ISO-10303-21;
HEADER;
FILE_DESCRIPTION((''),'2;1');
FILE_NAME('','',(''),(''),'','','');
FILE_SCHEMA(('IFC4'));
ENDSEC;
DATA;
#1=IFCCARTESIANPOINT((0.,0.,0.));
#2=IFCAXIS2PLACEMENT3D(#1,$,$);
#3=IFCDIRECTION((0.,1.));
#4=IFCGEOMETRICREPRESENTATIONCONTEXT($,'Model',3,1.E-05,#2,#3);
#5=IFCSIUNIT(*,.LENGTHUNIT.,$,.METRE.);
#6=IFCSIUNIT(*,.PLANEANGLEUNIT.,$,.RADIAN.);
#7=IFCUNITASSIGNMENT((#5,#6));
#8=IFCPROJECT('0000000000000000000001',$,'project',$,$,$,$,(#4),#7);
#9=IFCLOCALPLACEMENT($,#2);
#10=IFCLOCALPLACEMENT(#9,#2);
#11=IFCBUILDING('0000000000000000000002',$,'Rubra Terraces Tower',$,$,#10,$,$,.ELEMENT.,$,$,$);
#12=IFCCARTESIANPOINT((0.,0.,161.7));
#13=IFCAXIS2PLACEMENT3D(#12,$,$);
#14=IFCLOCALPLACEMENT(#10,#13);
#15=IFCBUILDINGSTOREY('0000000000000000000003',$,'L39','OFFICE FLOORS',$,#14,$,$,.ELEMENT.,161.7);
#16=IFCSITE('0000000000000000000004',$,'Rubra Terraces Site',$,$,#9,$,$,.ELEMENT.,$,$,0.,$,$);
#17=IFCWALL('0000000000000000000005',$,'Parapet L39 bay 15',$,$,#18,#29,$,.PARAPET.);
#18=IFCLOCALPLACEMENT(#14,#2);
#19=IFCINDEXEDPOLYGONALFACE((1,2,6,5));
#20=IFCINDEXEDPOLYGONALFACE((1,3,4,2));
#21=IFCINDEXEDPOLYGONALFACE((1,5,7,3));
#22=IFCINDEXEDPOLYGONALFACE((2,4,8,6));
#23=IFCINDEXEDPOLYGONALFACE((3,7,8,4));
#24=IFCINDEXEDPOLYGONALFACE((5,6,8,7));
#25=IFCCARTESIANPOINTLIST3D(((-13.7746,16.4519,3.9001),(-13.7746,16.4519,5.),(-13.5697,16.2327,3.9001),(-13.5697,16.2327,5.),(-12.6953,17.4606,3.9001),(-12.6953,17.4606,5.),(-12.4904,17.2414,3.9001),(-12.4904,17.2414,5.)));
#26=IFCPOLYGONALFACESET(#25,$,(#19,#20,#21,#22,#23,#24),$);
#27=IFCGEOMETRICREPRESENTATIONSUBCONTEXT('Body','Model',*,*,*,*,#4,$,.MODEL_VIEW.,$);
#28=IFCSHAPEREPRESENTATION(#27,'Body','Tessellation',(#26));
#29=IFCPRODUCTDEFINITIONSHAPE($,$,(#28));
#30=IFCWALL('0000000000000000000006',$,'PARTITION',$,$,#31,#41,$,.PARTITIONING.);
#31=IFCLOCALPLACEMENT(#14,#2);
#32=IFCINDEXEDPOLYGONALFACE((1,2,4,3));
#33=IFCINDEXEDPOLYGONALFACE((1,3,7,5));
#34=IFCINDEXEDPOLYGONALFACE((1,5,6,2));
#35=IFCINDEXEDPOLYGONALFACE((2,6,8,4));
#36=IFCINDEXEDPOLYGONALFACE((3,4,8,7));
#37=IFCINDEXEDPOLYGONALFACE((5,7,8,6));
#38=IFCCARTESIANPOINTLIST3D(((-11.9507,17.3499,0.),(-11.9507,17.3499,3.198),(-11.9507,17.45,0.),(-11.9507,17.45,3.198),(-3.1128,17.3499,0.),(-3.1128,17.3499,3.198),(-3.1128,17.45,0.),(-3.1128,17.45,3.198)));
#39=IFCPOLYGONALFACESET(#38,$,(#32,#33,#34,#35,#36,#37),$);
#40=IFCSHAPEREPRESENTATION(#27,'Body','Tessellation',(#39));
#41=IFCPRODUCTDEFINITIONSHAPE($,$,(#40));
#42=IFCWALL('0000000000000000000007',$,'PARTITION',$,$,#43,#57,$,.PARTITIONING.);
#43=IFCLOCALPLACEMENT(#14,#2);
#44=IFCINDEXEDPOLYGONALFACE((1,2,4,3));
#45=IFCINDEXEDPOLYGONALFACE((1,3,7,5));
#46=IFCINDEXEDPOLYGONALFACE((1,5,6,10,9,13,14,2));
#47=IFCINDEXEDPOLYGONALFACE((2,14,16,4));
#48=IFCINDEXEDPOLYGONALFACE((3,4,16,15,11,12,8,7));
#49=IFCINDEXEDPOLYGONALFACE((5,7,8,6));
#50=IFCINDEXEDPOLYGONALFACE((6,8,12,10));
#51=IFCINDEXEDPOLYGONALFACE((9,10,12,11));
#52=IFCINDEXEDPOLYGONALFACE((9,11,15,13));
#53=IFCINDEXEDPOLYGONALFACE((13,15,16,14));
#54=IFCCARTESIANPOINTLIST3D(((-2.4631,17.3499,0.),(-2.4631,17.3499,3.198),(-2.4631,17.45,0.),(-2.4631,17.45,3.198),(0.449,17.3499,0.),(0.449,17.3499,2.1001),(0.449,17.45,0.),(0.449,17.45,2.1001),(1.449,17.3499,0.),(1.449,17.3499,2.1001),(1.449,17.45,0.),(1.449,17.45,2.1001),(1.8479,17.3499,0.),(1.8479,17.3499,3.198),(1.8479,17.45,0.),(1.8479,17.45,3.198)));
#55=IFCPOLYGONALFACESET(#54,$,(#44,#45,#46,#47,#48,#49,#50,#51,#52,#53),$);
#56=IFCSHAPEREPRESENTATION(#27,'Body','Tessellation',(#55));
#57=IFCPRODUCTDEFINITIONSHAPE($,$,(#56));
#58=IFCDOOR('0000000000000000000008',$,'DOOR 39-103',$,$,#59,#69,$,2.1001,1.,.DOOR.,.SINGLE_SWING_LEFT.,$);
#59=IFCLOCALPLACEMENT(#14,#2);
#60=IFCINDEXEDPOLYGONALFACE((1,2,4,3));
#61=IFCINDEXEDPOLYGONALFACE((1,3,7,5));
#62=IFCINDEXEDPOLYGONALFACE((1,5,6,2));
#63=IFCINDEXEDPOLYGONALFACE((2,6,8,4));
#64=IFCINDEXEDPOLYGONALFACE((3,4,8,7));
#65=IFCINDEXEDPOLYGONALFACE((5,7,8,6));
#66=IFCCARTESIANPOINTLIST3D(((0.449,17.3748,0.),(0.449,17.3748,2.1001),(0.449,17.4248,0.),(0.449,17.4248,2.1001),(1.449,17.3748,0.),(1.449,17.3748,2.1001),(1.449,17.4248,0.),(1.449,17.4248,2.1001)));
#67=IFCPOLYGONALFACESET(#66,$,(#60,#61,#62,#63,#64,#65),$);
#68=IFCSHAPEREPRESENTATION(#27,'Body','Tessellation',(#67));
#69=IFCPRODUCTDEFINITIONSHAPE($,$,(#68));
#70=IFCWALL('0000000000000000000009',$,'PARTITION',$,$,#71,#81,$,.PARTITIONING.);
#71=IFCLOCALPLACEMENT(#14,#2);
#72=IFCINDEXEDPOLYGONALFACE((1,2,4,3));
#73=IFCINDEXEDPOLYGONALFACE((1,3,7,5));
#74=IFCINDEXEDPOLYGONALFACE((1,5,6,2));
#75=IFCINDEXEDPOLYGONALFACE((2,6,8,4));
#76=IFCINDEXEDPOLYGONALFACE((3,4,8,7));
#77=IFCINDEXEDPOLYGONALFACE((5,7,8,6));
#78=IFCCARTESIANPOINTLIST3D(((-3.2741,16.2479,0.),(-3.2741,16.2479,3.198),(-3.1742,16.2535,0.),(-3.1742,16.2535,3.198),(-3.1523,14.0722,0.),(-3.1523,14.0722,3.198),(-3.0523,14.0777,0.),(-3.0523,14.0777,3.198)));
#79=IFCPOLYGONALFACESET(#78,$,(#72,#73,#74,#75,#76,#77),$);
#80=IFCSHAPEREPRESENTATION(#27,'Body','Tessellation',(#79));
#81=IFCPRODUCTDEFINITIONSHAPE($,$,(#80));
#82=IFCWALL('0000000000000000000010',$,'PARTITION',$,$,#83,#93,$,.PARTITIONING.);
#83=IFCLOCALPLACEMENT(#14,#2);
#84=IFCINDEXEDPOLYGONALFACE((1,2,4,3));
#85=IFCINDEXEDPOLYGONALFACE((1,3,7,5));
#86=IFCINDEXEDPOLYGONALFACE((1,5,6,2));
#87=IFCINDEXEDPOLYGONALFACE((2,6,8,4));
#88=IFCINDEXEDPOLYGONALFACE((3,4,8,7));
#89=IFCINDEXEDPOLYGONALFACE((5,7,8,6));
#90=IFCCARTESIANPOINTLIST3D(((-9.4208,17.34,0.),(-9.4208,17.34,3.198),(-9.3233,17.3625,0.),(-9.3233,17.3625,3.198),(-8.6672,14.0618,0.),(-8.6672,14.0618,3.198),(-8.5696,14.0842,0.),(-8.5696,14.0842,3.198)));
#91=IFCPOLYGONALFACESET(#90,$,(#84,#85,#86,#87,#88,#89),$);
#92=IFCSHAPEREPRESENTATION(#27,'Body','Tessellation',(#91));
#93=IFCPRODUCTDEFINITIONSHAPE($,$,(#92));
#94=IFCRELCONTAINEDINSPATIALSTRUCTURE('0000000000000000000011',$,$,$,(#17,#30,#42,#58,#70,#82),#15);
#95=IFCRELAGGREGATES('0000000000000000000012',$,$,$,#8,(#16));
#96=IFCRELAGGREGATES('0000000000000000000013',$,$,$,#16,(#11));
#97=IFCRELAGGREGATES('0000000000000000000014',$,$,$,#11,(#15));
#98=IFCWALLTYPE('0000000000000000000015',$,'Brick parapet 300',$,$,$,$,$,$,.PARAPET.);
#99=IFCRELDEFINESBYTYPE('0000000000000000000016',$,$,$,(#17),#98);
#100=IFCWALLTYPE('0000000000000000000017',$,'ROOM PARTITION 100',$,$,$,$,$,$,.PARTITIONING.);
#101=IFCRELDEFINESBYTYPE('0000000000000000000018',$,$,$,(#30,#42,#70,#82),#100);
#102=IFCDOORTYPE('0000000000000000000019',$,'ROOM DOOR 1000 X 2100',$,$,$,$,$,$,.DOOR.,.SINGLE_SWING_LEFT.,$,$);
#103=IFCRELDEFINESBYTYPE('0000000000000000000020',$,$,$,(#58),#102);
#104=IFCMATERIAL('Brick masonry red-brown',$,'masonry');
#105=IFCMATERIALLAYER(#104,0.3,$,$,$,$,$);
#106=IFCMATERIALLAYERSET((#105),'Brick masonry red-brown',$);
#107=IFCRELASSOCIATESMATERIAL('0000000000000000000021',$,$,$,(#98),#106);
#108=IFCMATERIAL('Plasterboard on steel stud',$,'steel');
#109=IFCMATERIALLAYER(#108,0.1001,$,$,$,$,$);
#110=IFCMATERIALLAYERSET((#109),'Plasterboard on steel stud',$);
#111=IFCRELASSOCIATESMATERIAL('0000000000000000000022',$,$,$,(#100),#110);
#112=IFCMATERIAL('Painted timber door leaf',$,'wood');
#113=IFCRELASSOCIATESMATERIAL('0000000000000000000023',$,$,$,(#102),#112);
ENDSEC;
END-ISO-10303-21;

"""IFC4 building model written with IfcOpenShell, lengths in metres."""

from ifc_helpers import new_model, si_unit, direction, frame, frame_2d, origin, place, context, subcontext, project, spatial, rectangle, extrude, material, layer, layer_set, type_object, element, fill, save


model = new_model("IFC4")

# Units and contexts
model_context = context("Model", 3, precision=1e-05, world=origin(), true_north=direction((0.0, 1.0)))
body_context = subcontext(model_context, "Body", "Model", "MODEL_VIEW")
ifc_project = project(units=[si_unit("LENGTHUNIT", "METRE"), si_unit("PLANEANGLEUNIT", "RADIAN")], contexts=[model_context])

# Site, building, storey
site_placement = place(None, origin())
site = spatial("IfcSite", under=ifc_project, at=site_placement, Name="Rubra Terraces Site", CompositionType="ELEMENT", RefElevation=0.0)
building_placement = place(site_placement, origin())
building = spatial("IfcBuilding", under=site, at=building_placement, Name="Rubra Terraces Tower", CompositionType="ELEMENT")
storey_placement = place(building_placement, frame((0.0, 0.0, 161.7)))
storey = spatial("IfcBuildingStorey", under=building, at=storey_placement, Name="L39", Description="OFFICE FLOORS", CompositionType="ELEMENT", Elevation=161.7)

# Shared definitions
ifc_material_1 = material(Name="Brick masonry red-brown", Category="masonry")

# Walls
ifc_layer_1 = layer(ifc_material_1, 0.3)
ifc_layer_set_1 = layer_set([ifc_layer_1], Name="Brick masonry red-brown")
wall_type_1 = type_object("IfcWallType", Name="Brick parapet 300", PredefinedType="PARAPET", material=ifc_layer_set_1)
wall_1_placement = place(storey_placement, frame((-12.5928, 17.3511, 3.9001), z_axis=(0.0, 0.0, 1.0), x_axis=(-0.730582, -0.682824, 0.0)))
element("IfcWall", 1, at=wall_1_placement, inside=storey, type_object=wall_type_1, Name="Parapet L39 bay 15", PredefinedType="PARAPET", context=body_context, shape_type="SweptSolid", body=[
    extrude(rectangle(XDim=1.4773, YDim=0.3, at=frame_2d((0.7388, 0.0))), origin(), (0.0, 0.0, 1.0), 1.0999),
])
ifc_material_2 = material(Name="Plasterboard on steel stud", Category="steel")
ifc_layer_2 = layer(ifc_material_2, 0.1001)
ifc_layer_set_2 = layer_set([ifc_layer_2], Name="Plasterboard on steel stud")
wall_type_2 = type_object("IfcWallType", Name="ROOM PARTITION 100", PredefinedType="PARTITIONING", material=ifc_layer_set_2)
wall_2_placement = place(storey_placement, frame((-11.9507, 17.3999, 0.0), z_axis=(0.0, 0.0, 1.0), x_axis=(1.0, 0.0, 0.0)))
element("IfcWall", 2, at=wall_2_placement, inside=storey, type_object=wall_type_2, Name="PARTITION", PredefinedType="PARTITIONING", context=body_context, shape_type="SweptSolid", body=[
    extrude(rectangle(XDim=8.8379, YDim=0.1001, at=frame_2d((4.4189, 0.0))), origin(), (0.0, 0.0, 1.0), 3.198),
])

# Wall, opening, door
wall_3_placement = place(storey_placement, frame((-2.4631, 17.3999, 0.0), z_axis=(0.0, 0.0, 1.0), x_axis=(1.0, 0.0, 0.0)))
wall_3 = element("IfcWall", 3, at=wall_3_placement, inside=storey, type_object=wall_type_2, Name="PARTITION", PredefinedType="PARTITIONING", context=body_context, shape_type="SweptSolid", body=[
    extrude(rectangle(XDim=4.311, YDim=0.1001, at=frame_2d((2.1555, 0.0))), origin(), (0.0, 0.0, 1.0), 3.198),
])
opening_1_placement = place(wall_3_placement, frame((2.9121, 0.0, 0.0)))
opening_1 = element("IfcOpeningElement", 4, at=opening_1_placement, cuts=wall_3, PredefinedType="OPENING", context=body_context, shape_type="SweptSolid", body=[
    extrude(rectangle(XDim=1.0, YDim=2.1001, at=frame_2d((0.5, 1.05))), frame((0.0, 0.0601, 0.0), z_axis=(0.0, -1.0, 0.0), x_axis=(1.0, 0.0, 0.0)), (0.0, 0.0, 1.0), 0.1201),
])
ifc_material_3 = material(Name="Painted timber door leaf", Category="wood")
door_type = type_object("IfcDoorType", Name="ROOM DOOR 1000 X 2100", OperationType="SINGLE_SWING_LEFT", PredefinedType="DOOR", material=ifc_material_3)
door_placement = place(opening_1_placement, origin())
door = element("IfcDoor", 5, at=door_placement, inside=storey, type_object=door_type, Name="DOOR 39-103", OperationType="SINGLE_SWING_LEFT", OverallHeight=2.1001, OverallWidth=1.0, PredefinedType="DOOR", context=body_context, shape_type="SweptSolid", body=[
    extrude(rectangle(XDim=1.0, YDim=2.1001, at=frame_2d((0.5, 1.05))), frame((0.0, 0.0249, 0.0), z_axis=(0.0, -1.0, 0.0), x_axis=(1.0, 0.0, 0.0)), (0.0, 0.0, 1.0), 0.05),
])
fill(opening_1, door)

# Walls
wall_4_placement = place(storey_placement, frame((-3.1023, 14.075, 0.0), z_axis=(0.0, 0.0, 1.0), x_axis=(-0.055904, 0.998436, 0.0)))
element("IfcWall", 6, at=wall_4_placement, inside=storey, type_object=wall_type_2, Name="PARTITION", PredefinedType="PARTITIONING", context=body_context, shape_type="SweptSolid", body=[
    extrude(rectangle(XDim=2.1792, YDim=0.1001, at=frame_2d((1.0896, 0.0))), origin(), (0.0, 0.0, 1.0), 3.198),
])
wall_5_placement = place(storey_placement, frame((-8.6184, 14.073, 0.0), z_axis=(0.0, 0.0, 1.0), x_axis=(-0.224048, 0.974578, 0.0)))
element("IfcWall", 7, at=wall_5_placement, inside=storey, type_object=wall_type_2, Name="PARTITION", PredefinedType="PARTITIONING", context=body_context, shape_type="SweptSolid", body=[
    extrude(rectangle(XDim=3.3638, YDim=0.1001, at=frame_2d((1.6819, 0.0))), origin(), (0.0, 0.0, 1.0), 3.198),
])

save(model, "model.ifc")
